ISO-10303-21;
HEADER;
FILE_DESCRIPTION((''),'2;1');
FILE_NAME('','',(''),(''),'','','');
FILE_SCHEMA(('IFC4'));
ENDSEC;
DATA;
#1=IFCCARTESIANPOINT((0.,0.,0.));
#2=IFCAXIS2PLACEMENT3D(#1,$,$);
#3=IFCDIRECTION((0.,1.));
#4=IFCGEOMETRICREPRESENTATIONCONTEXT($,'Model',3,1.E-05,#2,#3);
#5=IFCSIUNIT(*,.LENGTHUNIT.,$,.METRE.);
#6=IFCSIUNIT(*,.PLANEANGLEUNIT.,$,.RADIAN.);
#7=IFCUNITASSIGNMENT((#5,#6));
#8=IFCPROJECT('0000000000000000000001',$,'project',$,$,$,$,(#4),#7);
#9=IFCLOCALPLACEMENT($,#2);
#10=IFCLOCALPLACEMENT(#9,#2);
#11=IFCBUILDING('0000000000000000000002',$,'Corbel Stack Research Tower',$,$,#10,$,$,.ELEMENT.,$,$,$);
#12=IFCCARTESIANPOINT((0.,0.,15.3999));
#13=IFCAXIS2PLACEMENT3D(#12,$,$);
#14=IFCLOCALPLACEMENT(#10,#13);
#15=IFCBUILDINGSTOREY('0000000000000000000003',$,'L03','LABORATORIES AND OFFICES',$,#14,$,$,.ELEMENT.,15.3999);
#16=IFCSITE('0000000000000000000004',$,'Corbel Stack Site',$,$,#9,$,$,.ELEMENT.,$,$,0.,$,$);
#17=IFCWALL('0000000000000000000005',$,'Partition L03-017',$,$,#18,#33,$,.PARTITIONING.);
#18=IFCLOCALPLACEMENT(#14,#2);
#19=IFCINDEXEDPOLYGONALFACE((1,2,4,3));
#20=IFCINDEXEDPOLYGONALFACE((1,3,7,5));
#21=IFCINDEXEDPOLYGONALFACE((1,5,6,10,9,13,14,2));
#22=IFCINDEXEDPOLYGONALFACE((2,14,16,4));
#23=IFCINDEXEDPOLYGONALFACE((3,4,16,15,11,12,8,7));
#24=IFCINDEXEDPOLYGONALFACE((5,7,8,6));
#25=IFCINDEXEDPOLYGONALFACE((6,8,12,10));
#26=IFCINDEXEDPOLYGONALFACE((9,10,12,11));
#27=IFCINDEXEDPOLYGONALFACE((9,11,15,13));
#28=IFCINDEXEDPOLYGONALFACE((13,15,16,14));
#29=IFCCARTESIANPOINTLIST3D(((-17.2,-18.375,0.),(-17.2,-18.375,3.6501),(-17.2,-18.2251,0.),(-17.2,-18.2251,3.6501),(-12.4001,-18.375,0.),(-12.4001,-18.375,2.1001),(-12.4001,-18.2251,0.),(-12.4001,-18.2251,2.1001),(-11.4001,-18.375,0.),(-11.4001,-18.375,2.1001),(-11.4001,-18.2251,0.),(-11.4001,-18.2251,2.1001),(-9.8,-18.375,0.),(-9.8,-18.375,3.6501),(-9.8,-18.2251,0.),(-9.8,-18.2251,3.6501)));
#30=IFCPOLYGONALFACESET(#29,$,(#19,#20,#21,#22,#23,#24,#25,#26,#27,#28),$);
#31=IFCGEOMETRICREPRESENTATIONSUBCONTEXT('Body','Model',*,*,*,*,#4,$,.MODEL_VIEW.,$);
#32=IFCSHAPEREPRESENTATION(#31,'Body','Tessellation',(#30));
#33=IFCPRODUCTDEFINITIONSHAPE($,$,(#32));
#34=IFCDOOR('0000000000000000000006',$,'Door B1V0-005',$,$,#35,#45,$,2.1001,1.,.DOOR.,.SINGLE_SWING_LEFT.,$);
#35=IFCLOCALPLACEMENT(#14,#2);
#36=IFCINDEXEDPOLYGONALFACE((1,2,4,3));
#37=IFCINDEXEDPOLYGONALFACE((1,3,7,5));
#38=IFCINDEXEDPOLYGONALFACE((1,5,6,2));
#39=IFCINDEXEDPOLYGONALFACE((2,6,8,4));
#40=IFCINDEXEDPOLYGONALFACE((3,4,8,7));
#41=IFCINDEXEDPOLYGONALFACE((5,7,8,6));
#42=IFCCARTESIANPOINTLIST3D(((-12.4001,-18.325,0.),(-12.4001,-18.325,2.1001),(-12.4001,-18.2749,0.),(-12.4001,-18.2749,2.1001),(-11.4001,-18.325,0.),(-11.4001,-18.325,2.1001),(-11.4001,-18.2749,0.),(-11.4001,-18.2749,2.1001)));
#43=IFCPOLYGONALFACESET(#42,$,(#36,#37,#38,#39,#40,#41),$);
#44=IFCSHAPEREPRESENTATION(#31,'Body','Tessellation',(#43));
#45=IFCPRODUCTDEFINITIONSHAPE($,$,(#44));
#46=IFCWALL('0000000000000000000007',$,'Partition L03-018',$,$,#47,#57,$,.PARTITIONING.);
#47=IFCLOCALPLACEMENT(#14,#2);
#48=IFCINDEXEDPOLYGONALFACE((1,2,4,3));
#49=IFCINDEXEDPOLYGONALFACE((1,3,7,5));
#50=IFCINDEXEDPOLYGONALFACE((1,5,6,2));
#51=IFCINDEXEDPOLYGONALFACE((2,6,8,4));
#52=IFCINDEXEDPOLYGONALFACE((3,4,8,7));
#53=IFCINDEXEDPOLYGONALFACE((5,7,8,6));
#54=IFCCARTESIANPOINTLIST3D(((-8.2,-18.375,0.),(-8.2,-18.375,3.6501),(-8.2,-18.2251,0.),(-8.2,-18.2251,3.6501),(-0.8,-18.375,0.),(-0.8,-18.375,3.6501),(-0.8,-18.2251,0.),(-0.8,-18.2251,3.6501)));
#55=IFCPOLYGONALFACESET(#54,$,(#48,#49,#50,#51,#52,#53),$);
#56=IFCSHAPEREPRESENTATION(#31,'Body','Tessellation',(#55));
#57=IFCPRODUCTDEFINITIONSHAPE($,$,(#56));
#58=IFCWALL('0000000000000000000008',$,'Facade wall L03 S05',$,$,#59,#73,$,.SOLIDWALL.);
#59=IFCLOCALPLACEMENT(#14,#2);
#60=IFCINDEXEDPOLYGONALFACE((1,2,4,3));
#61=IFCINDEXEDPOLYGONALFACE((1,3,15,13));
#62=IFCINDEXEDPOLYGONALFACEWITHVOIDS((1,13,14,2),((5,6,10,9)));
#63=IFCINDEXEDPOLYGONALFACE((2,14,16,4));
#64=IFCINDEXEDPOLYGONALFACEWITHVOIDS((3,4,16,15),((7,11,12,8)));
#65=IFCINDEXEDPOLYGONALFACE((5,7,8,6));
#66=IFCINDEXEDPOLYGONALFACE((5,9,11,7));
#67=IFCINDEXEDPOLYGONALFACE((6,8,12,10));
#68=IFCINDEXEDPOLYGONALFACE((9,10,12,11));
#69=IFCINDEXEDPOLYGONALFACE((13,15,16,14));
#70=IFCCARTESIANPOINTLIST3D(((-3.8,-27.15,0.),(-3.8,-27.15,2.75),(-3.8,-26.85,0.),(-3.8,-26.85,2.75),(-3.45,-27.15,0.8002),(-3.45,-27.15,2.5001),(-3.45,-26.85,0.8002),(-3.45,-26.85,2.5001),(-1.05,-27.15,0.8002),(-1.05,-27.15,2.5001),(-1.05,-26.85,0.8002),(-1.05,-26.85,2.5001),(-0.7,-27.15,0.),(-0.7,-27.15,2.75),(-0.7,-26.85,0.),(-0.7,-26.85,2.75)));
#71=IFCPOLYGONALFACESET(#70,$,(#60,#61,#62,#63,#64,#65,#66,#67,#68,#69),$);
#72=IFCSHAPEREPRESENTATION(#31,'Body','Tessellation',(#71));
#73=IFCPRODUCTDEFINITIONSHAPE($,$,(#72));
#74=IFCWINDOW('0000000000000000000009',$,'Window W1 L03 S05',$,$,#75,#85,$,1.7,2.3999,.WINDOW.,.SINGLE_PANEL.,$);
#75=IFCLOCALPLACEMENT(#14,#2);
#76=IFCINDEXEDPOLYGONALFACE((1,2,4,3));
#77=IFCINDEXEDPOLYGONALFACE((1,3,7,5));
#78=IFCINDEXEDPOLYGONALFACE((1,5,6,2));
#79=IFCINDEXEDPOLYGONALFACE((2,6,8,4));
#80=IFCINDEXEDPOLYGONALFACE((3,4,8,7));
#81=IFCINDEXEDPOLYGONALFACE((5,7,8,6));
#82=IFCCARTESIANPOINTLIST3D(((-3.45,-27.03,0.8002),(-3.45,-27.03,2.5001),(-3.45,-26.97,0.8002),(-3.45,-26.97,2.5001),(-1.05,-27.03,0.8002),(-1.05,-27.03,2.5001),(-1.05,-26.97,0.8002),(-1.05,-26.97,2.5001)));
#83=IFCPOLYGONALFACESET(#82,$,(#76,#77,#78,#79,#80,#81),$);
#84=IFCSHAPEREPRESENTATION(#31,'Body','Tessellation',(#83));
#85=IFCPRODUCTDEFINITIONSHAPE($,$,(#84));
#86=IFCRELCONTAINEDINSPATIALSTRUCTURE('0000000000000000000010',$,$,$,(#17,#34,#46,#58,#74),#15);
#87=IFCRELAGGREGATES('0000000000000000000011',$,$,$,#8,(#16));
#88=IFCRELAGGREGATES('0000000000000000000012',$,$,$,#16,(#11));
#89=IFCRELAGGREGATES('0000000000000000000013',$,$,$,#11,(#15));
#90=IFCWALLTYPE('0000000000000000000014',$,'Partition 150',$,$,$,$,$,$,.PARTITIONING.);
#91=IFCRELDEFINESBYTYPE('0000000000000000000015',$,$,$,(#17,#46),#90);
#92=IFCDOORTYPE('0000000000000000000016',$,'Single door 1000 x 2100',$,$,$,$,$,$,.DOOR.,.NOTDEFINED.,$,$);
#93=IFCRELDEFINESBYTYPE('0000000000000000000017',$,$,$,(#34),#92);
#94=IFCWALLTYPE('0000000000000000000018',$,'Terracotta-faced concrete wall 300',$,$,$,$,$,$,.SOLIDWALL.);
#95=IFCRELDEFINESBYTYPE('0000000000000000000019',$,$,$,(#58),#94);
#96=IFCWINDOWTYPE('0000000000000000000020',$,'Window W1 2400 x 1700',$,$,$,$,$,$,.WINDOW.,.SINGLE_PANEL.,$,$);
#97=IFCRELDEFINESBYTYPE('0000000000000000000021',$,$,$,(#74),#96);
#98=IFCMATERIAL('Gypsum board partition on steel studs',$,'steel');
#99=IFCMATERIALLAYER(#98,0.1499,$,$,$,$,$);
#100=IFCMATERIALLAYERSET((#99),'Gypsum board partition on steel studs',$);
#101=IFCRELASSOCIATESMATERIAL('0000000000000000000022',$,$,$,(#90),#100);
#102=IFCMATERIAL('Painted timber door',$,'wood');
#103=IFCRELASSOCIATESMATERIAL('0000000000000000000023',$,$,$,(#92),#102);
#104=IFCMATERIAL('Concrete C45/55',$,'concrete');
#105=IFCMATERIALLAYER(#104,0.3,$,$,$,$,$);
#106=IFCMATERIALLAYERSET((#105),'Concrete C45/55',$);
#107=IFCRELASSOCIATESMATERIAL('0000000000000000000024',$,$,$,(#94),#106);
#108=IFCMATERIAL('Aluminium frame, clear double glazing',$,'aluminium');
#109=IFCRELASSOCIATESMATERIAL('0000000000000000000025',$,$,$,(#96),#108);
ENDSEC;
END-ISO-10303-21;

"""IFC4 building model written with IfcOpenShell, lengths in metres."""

from ifc_helpers import new_model, si_unit, direction, frame, frame_2d, origin, place, context, subcontext, project, spatial, rectangle, extrude, material, layer, layer_set, type_object, element, fill, save


model = new_model("IFC4")

# Units and contexts
model_context = context("Model", 3, precision=1e-05, world=origin(), true_north=direction((0.0, 1.0)))
body_context = subcontext(model_context, "Body", "Model", "MODEL_VIEW")
ifc_project = project(units=[si_unit("LENGTHUNIT", "METRE"), si_unit("PLANEANGLEUNIT", "RADIAN")], contexts=[model_context])

# Site, building, storey
site_placement = place(None, origin())
site = spatial("IfcSite", under=ifc_project, at=site_placement, Name="Corbel Stack Site", CompositionType="ELEMENT", RefElevation=0.0)
building_placement = place(site_placement, origin())
building = spatial("IfcBuilding", under=site, at=building_placement, Name="Corbel Stack Research Tower", CompositionType="ELEMENT")
storey_placement = place(building_placement, frame((0.0, 0.0, 15.3999)))
storey = spatial("IfcBuildingStorey", under=building, at=storey_placement, Name="L03", Description="LABORATORIES AND OFFICES", CompositionType="ELEMENT", Elevation=15.3999)

# Wall, opening, door
ifc_material_1 = material(Name="Gypsum board partition on steel studs", Category="steel")
ifc_layer_1 = layer(ifc_material_1, 0.1499)
ifc_layer_set_1 = layer_set([ifc_layer_1], Name="Gypsum board partition on steel studs")
wall_type_1 = type_object("IfcWallType", Name="Partition 150", PredefinedType="PARTITIONING", material=ifc_layer_set_1)
wall_1_placement = place(storey_placement, frame((-9.8, -18.3, 0.0), z_axis=(0.0, 0.0, 1.0), x_axis=(-1.0, 0.0, 0.0)))
wall_1 = element("IfcWall", 1, at=wall_1_placement, inside=storey, type_object=wall_type_1, Name="Partition L03-017", PredefinedType="PARTITIONING", context=body_context, shape_type="SweptSolid", body=[
    extrude(rectangle(XDim=7.3999, YDim=0.1499, at=frame_2d((3.7, 0.0))), origin(), (0.0, 0.0, 1.0), 3.6501),
])
opening_1_placement = place(wall_1_placement, frame((1.6001, 0.0, 0.0)))
opening_1 = element("IfcOpeningElement", 2, at=opening_1_placement, cuts=wall_1, PredefinedType="OPENING", context=body_context, shape_type="SweptSolid", body=[
    extrude(rectangle(XDim=1.0, YDim=2.1001, at=frame_2d((0.5, 1.05))), frame((0.0, 0.085, 0.0), z_axis=(0.0, -1.0, 0.0), x_axis=(1.0, 0.0, 0.0)), (0.0, 0.0, 1.0), 0.1699),
])
ifc_material_2 = material(Name="Painted timber door", Category="wood")
door_type_1 = type_object("IfcDoorType", Name="Single door 1000 x 2100", OperationType="NOTDEFINED", PredefinedType="DOOR", material=ifc_material_2)
door_1_placement = place(opening_1_placement, origin())
door_1 = element("IfcDoor", 3, at=door_1_placement, inside=storey, type_object=door_type_1, Name="Door B1V0-005", OperationType="SINGLE_SWING_LEFT", OverallHeight=2.1001, OverallWidth=1.0, PredefinedType="DOOR", context=body_context, shape_type="SweptSolid", body=[
    extrude(rectangle(XDim=1.0, YDim=2.1001, at=frame_2d((0.5, 1.05))), frame((0.0, 0.0249, 0.0), z_axis=(0.0, -1.0, 0.0), x_axis=(1.0, 0.0, 0.0)), (0.0, 0.0, 1.0), 0.05),
])
fill(opening_1, door_1)

# Wall
wall_2_placement = place(storey_placement, frame((-8.2, -18.3, 0.0), z_axis=(0.0, 0.0, 1.0), x_axis=(1.0, 0.0, 0.0)))
element("IfcWall", 4, at=wall_2_placement, inside=storey, type_object=wall_type_1, Name="Partition L03-018", PredefinedType="PARTITIONING", context=body_context, shape_type="SweptSolid", body=[
    extrude(rectangle(XDim=7.3999, YDim=0.1499, at=frame_2d((3.7, 0.0))), origin(), (0.0, 0.0, 1.0), 3.6501),
])

# Wall, opening, window
ifc_material_3 = material(Name="Concrete C45/55", Category="concrete")
ifc_layer_2 = layer(ifc_material_3, 0.3)
ifc_layer_set_2 = layer_set([ifc_layer_2], Name="Concrete C45/55")
wall_type_2 = type_object("IfcWallType", Name="Terracotta-faced concrete wall 300", PredefinedType="SOLIDWALL", material=ifc_layer_set_2)
wall_3_placement = place(storey_placement, frame((-0.7, -27.0, 0.0), z_axis=(0.0, 0.0, 1.0), x_axis=(-1.0, 0.0, 0.0)))
wall_3 = element("IfcWall", 5, at=wall_3_placement, inside=storey, type_object=wall_type_2, Name="Facade wall L03 S05", PredefinedType="SOLIDWALL", context=body_context, shape_type="SweptSolid", body=[
    extrude(rectangle(XDim=3.1001, YDim=0.3, at=frame_2d((1.55, 0.0))), origin(), (0.0, 0.0, 1.0), 2.75),
])
opening_2_placement = place(wall_3_placement, frame((0.3501, 0.0, 0.8)))
opening_2 = element("IfcOpeningElement", 6, at=opening_2_placement, cuts=wall_3, PredefinedType="OPENING", context=body_context, shape_type="SweptSolid", body=[
    extrude(rectangle(XDim=2.3999, YDim=1.7, at=frame_2d((1.2, 0.8501))), frame((0.0, 0.1599, 0.0), z_axis=(0.0, -1.0, 0.0), x_axis=(1.0, 0.0, 0.0)), (0.0, 0.0, 1.0), 0.3201),
])
ifc_material_4 = material(Name="Aluminium frame, clear double glazing", Category="aluminium")
window_type = type_object("IfcWindowType", Name="Window W1 2400 x 1700", PartitioningType="SINGLE_PANEL", PredefinedType="WINDOW", material=ifc_material_4)
window_placement = place(opening_2_placement, origin())
window = element("IfcWindow", 7, at=window_placement, inside=storey, type_object=window_type, Name="Window W1 L03 S05", OverallHeight=1.7, OverallWidth=2.3999, PartitioningType="SINGLE_PANEL", PredefinedType="WINDOW", context=body_context, shape_type="SweptSolid", body=[
    extrude(rectangle(XDim=2.3999, YDim=1.7, at=frame_2d((1.2, 0.8501))), frame((0.0, 0.03, 0.0), z_axis=(0.0, -1.0, 0.0), x_axis=(1.0, 0.0, 0.0)), (0.0, 0.0, 1.0), 0.0601),
])
fill(opening_2, window)

save(model, "model.ifc")
